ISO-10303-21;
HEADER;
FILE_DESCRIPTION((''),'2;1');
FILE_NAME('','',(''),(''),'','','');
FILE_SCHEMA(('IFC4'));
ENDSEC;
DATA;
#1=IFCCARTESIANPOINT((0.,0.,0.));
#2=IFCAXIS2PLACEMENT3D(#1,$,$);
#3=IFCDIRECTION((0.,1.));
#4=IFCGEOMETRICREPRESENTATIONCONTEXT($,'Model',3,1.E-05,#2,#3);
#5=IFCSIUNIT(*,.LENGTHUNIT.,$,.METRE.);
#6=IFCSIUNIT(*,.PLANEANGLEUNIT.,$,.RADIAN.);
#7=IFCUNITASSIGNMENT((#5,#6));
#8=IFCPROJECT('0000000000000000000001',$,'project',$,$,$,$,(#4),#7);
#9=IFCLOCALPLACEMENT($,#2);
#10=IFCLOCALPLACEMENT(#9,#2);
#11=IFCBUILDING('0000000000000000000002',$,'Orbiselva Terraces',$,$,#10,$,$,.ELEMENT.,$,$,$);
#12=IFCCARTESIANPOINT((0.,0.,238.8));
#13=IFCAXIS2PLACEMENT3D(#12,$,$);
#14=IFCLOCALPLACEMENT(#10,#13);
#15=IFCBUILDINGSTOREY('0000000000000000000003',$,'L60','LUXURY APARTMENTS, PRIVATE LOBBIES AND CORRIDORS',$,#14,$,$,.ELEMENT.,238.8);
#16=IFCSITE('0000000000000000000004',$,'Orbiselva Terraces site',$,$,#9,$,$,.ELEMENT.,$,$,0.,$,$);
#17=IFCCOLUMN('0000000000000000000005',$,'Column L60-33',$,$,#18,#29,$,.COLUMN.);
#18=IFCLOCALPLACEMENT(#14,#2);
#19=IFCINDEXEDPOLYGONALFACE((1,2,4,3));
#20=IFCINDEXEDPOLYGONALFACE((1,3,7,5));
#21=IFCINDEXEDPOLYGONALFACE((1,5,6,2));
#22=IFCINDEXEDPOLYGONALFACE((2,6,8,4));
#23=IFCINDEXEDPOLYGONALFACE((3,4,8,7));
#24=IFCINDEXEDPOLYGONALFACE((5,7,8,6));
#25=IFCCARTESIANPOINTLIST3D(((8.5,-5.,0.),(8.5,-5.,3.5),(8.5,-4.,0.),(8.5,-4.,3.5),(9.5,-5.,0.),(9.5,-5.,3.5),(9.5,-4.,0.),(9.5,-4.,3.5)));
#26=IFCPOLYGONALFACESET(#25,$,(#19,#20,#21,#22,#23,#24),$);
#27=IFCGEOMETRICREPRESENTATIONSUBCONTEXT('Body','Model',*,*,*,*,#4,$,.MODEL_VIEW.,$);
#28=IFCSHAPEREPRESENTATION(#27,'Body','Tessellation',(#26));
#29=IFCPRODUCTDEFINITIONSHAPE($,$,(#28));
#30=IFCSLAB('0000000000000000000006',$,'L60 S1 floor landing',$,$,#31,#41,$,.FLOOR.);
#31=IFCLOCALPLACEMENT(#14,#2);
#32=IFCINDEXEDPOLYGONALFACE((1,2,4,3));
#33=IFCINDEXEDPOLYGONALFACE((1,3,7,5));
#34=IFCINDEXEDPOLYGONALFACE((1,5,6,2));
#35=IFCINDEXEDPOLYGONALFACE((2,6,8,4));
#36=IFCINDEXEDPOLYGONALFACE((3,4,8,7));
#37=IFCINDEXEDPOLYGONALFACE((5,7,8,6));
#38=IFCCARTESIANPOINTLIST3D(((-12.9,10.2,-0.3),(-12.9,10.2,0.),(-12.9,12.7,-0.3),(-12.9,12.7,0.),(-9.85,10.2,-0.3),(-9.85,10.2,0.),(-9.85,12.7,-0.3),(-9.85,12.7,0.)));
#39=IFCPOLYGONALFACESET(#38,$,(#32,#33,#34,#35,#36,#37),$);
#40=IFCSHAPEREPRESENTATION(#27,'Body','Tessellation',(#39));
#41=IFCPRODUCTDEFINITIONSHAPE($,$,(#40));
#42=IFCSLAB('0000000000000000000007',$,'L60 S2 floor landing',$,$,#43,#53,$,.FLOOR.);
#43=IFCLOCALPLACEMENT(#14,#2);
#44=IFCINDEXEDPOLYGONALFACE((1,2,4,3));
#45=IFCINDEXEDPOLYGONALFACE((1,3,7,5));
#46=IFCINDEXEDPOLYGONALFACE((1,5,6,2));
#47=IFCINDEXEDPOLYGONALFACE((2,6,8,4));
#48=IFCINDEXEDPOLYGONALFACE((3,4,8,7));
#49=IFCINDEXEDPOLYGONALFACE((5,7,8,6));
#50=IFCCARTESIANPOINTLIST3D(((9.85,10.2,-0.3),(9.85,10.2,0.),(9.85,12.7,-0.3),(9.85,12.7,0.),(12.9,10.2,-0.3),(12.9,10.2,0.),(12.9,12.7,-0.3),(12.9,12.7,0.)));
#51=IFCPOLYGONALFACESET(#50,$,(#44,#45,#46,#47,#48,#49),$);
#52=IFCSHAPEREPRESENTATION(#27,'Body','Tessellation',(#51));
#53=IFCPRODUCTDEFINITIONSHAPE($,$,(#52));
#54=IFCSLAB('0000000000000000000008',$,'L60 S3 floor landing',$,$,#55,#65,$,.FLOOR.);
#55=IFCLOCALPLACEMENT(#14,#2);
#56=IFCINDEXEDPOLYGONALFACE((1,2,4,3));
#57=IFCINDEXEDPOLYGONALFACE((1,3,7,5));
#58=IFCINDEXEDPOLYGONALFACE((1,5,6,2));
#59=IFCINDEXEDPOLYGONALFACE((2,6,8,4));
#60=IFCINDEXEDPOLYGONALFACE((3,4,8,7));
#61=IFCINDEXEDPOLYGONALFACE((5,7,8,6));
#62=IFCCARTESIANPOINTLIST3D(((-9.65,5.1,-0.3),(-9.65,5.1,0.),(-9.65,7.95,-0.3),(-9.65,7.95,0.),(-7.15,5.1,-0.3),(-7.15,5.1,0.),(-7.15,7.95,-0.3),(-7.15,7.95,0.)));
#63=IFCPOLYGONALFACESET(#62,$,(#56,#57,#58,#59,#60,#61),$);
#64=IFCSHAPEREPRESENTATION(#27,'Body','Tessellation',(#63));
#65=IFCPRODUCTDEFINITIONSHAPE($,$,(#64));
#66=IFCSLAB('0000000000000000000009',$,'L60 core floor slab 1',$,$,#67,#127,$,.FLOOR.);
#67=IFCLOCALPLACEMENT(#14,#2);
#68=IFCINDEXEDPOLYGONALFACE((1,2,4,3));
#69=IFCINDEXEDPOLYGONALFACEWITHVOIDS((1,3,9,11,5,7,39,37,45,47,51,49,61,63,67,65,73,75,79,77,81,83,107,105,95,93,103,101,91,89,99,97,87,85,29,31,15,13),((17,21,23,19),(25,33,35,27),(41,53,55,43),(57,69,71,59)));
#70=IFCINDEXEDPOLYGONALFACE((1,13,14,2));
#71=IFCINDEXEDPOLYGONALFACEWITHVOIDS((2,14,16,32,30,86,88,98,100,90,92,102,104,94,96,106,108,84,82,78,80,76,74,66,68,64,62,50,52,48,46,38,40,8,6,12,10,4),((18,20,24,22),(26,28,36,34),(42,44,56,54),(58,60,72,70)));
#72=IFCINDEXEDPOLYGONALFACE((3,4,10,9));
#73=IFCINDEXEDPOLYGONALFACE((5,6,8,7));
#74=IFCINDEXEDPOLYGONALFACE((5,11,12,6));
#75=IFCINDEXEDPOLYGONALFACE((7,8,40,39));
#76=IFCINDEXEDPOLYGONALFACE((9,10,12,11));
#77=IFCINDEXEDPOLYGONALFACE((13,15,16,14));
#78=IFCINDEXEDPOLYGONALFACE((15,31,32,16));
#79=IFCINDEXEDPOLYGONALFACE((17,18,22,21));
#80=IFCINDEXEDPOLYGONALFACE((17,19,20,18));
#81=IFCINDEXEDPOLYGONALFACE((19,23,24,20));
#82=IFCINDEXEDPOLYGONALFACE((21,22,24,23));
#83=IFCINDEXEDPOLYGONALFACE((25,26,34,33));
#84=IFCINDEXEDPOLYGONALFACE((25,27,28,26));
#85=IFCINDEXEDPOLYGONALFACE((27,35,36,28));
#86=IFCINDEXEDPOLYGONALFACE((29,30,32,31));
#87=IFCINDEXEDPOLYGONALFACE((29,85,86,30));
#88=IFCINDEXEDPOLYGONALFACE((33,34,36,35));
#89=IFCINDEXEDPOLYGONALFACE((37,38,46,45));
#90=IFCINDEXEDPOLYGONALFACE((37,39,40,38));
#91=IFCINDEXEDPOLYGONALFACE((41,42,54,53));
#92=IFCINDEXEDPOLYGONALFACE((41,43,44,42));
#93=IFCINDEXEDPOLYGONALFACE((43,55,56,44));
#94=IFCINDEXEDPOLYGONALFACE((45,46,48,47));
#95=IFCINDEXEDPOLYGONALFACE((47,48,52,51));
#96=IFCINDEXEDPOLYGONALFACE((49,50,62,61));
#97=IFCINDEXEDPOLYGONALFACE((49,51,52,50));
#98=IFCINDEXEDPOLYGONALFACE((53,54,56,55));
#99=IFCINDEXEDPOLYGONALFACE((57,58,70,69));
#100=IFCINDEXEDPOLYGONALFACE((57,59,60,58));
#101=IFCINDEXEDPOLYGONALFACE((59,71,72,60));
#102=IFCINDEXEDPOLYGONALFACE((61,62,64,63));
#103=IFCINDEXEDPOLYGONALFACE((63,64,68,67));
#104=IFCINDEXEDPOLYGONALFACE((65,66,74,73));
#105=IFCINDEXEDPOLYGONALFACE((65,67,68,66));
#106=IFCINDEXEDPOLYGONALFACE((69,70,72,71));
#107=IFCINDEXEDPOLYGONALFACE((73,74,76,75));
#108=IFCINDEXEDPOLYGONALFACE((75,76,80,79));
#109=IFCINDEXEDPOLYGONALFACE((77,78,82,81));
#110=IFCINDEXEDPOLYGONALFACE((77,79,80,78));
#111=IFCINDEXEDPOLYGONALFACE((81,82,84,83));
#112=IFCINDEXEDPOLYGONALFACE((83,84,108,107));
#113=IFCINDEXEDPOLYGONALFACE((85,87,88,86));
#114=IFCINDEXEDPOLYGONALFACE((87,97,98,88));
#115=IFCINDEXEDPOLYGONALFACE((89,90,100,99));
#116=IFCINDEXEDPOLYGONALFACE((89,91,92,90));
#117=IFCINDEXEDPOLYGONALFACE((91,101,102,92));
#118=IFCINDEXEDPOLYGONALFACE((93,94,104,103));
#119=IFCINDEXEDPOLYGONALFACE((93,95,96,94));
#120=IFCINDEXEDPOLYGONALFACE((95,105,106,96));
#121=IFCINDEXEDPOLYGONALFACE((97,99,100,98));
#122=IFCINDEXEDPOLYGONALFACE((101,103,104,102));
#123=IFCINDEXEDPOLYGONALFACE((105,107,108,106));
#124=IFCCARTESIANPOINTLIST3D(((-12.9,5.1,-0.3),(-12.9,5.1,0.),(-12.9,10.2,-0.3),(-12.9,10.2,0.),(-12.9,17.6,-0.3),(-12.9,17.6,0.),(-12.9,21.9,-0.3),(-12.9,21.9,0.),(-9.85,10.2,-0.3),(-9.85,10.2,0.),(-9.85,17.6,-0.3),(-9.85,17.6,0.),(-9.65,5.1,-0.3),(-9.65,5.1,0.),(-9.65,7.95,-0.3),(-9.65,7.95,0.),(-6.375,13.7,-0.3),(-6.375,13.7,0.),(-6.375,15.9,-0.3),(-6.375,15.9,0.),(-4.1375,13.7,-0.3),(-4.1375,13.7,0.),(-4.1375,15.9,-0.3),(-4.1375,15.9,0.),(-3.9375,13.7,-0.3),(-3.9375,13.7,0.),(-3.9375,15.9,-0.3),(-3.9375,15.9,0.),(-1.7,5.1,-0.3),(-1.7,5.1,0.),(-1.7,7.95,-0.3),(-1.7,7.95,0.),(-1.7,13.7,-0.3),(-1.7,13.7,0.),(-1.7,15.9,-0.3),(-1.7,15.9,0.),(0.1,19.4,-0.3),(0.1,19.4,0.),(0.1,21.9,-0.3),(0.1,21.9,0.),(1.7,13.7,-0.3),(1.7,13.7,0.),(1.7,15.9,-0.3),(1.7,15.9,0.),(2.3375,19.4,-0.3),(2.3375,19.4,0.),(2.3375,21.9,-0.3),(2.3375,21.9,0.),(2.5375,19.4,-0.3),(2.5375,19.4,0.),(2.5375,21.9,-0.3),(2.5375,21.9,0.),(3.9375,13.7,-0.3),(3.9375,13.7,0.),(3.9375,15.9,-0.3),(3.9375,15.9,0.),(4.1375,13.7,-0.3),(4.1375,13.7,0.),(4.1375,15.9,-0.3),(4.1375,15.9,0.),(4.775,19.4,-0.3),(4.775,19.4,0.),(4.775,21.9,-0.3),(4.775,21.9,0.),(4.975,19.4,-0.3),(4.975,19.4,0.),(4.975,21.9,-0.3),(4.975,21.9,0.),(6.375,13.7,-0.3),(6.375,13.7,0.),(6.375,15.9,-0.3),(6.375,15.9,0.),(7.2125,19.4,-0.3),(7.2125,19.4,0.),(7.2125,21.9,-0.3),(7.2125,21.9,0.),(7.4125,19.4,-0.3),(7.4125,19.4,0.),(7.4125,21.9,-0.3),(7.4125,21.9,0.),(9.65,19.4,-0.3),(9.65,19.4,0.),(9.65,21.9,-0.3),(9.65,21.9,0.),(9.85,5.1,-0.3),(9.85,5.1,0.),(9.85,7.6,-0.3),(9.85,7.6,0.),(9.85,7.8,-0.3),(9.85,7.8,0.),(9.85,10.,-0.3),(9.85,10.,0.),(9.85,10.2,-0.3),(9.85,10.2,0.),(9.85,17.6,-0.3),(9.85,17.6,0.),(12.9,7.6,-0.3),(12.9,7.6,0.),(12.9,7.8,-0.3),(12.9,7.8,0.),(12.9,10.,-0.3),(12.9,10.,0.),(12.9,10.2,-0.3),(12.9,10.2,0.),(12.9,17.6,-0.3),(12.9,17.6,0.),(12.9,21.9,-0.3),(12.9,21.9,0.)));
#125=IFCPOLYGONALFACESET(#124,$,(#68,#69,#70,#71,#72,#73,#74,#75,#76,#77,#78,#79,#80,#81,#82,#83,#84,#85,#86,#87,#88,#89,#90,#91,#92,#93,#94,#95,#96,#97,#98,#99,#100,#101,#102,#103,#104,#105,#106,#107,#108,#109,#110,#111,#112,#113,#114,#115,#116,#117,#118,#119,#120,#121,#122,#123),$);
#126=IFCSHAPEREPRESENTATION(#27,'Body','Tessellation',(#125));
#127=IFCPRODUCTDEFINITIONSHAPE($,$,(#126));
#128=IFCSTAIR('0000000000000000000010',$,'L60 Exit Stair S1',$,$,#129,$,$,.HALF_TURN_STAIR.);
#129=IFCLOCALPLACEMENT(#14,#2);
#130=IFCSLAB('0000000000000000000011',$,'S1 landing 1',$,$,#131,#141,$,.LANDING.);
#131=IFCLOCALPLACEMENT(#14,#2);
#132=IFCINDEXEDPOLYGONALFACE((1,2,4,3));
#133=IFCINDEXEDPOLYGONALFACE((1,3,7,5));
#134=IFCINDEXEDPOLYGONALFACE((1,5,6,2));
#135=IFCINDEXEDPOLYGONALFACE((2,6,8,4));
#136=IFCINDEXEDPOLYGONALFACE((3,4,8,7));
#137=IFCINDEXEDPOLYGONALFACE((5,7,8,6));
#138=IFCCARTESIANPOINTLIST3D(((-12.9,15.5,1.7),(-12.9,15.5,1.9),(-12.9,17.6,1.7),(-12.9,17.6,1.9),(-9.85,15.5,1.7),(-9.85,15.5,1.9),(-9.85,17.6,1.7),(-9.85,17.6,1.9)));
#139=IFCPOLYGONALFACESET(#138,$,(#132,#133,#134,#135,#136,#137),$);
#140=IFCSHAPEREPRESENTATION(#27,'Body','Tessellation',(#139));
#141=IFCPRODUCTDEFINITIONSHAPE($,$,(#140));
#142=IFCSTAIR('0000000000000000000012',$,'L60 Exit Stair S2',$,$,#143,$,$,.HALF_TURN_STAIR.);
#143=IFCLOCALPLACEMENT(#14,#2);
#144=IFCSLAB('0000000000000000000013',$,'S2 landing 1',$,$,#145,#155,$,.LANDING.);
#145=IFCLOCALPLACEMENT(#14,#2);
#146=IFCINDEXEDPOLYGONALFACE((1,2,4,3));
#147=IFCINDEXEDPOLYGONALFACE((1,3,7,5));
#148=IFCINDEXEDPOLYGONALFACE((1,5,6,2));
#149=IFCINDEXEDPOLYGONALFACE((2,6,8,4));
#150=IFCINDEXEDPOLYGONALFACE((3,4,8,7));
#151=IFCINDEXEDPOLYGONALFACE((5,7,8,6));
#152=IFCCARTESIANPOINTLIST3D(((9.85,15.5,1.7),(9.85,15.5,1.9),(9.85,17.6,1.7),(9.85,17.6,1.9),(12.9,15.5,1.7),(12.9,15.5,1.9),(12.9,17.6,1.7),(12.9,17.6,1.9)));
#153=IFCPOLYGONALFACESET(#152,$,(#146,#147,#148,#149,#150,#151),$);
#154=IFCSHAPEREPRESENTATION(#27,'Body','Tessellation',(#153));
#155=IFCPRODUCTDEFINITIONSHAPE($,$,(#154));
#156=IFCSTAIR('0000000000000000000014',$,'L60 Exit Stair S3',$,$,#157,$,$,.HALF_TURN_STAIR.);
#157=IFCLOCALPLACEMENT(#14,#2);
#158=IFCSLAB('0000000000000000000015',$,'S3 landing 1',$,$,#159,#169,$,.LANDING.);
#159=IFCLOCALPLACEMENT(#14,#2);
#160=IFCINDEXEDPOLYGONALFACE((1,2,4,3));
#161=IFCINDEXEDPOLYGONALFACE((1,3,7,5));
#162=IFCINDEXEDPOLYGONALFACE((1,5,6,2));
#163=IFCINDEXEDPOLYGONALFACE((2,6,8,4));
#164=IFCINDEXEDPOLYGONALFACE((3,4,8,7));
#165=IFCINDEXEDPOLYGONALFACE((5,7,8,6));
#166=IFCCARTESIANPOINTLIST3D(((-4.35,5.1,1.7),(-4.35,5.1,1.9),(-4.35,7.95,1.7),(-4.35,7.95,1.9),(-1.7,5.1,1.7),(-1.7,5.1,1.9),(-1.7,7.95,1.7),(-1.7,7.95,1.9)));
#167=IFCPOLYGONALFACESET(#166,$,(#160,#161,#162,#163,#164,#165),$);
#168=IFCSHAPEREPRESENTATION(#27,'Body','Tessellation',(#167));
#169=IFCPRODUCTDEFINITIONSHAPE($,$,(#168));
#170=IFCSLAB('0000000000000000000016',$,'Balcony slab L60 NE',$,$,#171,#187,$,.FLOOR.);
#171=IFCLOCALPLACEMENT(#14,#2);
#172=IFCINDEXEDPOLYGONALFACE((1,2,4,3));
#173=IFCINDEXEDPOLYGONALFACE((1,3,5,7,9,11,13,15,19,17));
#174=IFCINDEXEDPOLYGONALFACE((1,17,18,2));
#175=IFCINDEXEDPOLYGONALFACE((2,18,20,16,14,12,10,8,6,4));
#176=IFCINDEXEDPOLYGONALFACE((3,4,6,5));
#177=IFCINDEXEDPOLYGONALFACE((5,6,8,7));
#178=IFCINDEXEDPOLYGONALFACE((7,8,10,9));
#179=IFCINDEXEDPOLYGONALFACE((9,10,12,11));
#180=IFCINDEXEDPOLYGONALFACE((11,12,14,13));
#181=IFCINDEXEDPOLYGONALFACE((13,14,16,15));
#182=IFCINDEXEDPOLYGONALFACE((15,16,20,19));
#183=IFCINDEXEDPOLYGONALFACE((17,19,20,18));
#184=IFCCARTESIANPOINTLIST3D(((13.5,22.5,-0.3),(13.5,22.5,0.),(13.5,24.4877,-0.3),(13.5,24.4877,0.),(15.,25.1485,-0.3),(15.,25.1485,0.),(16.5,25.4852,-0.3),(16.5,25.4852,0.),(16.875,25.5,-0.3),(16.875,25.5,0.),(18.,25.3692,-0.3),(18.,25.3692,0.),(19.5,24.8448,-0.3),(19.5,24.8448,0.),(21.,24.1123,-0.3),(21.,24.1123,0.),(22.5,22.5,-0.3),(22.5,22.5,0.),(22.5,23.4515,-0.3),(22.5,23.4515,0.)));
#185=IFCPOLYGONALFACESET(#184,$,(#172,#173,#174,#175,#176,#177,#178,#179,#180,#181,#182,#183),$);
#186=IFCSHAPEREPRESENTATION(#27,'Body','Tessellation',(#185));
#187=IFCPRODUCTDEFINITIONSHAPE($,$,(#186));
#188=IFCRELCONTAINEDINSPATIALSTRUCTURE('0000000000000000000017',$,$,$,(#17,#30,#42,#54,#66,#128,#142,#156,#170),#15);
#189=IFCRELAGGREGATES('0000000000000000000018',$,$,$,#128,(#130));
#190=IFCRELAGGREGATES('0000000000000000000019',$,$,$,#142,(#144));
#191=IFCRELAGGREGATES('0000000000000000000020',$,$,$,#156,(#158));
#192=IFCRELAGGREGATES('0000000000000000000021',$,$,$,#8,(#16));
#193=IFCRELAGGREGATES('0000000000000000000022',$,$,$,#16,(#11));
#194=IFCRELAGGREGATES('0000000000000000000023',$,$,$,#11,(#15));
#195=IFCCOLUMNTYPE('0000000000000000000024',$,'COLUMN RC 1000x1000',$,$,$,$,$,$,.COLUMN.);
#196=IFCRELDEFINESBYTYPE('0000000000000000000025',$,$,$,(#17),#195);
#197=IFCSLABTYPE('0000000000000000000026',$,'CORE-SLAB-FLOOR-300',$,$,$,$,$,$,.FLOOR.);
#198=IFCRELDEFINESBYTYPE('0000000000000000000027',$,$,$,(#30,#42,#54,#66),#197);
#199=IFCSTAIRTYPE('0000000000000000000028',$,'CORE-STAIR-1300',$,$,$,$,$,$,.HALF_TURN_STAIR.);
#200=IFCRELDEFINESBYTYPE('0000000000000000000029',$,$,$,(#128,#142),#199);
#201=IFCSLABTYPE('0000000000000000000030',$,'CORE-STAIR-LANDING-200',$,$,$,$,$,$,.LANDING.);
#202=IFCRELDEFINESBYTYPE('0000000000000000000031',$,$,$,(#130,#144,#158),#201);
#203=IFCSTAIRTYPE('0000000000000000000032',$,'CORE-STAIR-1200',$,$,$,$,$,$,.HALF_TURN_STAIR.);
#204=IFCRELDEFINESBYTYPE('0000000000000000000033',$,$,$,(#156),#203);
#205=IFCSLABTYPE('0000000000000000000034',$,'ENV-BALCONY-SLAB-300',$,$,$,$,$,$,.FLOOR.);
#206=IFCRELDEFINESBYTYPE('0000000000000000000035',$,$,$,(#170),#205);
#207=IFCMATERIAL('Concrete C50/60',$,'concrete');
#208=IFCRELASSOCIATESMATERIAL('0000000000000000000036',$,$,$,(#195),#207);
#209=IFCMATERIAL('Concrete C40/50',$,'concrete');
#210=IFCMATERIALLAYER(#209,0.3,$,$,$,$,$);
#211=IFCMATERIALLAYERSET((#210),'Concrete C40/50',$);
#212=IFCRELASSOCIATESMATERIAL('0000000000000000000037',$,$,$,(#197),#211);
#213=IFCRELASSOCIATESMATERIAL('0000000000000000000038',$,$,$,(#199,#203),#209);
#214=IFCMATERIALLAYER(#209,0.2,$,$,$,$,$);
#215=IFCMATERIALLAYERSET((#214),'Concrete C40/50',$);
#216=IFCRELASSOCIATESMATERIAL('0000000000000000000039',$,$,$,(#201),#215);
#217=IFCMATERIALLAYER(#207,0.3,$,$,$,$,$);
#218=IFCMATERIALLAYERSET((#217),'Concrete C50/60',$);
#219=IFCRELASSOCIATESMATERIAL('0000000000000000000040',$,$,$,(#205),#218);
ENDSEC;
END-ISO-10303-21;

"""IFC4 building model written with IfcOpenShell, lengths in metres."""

from ifc_helpers import new_model, si_unit, direction, frame, origin, origin_2d, place, context, subcontext, project, spatial, polyline, rectangle, outline, extrude, material, layer, layer_set, material_profile, profile_set, type_object, element, aggregate, save


model = new_model("IFC4")

# Units and contexts
model_context = context("Model", 3, precision=1e-05, world=origin(), true_north=direction((0.0, 1.0)))
body_context = subcontext(model_context, "Body", "Model", "MODEL_VIEW")
ifc_project = project(units=[si_unit("LENGTHUNIT", "METRE"), si_unit("PLANEANGLEUNIT", "RADIAN")], contexts=[model_context])

# Site, building, storey
site_placement = place(None, origin())
site = spatial("IfcSite", under=ifc_project, at=site_placement, Name="Orbiselva Terraces site", CompositionType="ELEMENT", RefElevation=0.0)
building_placement = place(site_placement, origin())
building = spatial("IfcBuilding", under=site, at=building_placement, Name="Orbiselva Terraces", CompositionType="ELEMENT")
storey_placement = place(building_placement, frame((0.0, 0.0, 238.8)))
storey = spatial("IfcBuildingStorey", under=building, at=storey_placement, Name="L60", Description="LUXURY APARTMENTS, PRIVATE LOBBIES AND CORRIDORS", CompositionType="ELEMENT", Elevation=238.8)

# Column
ifc_material_1 = material(Name="Concrete C50/60", Category="concrete")
ifc_material_profile = material_profile(ifc_material_1, rectangle(XDim=1.0, YDim=1.0, at=origin_2d()), Name="RC 1000x1000")
ifc_profile_set = profile_set([ifc_material_profile], Name="Concrete C50/60")
column_type = type_object("IfcColumnType", Name="COLUMN RC 1000x1000", PredefinedType="COLUMN", material=ifc_profile_set)
column_placement = place(storey_placement, frame((9.0, -4.5, 0.0), z_axis=(0.0, 0.0, 1.0), x_axis=(1.0, 0.0, 0.0)))
element("IfcColumn", 1, at=column_placement, inside=storey, type_object=column_type, Name="Column L60-33", PredefinedType="COLUMN", context=body_context, shape_type="SweptSolid", body=[
    extrude(rectangle(XDim=1.0, YDim=1.0, at=origin_2d()), origin(), (0.0, 0.0, 1.0), 3.5),
])

# Slabs
ifc_material_2 = material(Name="Concrete C40/50", Category="concrete")
ifc_layer_1 = layer(ifc_material_2, 0.3)
ifc_layer_set_1 = layer_set([ifc_layer_1], Name="Concrete C40/50")
slab_type_1 = type_object("IfcSlabType", Name="CORE-SLAB-FLOOR-300", PredefinedType="FLOOR", material=ifc_layer_set_1)
slab_1_placement = place(storey_placement, frame((0.0, 0.0, -0.3)))
element("IfcSlab", 2, at=slab_1_placement, inside=storey, type_object=slab_type_1, Name="L60 S1 floor landing", PredefinedType="FLOOR", context=body_context, shape_type="SweptSolid", body=[
    extrude(outline(polyline([(-12.9, 12.7), (-9.85, 12.7), (-9.85, 10.2), (-12.9, 10.2), (-12.9, 12.7)])), origin(), (0.0, 0.0, 1.0), 0.3),
])
slab_2_placement = place(storey_placement, frame((0.0, 0.0, -0.3)))
element("IfcSlab", 3, at=slab_2_placement, inside=storey, type_object=slab_type_1, Name="L60 S2 floor landing", PredefinedType="FLOOR", context=body_context, shape_type="SweptSolid", body=[
    extrude(outline(polyline([(12.9, 12.7), (12.9, 10.2), (9.85, 10.2), (9.85, 12.7), (12.9, 12.7)])), origin(), (0.0, 0.0, 1.0), 0.3),
])
slab_3_placement = place(storey_placement, frame((0.0, 0.0, -0.3)))
element("IfcSlab", 4, at=slab_3_placement, inside=storey, type_object=slab_type_1, Name="L60 S3 floor landing", PredefinedType="FLOOR", context=body_context, shape_type="SweptSolid", body=[
    extrude(outline(polyline([(-7.15, 5.1), (-9.65, 5.1), (-9.65, 7.95), (-7.15, 7.95), (-7.15, 5.1)])), origin(), (0.0, 0.0, 1.0), 0.3),
])
slab_4_placement = place(storey_placement, frame((0.0, 0.0, -0.3)))
element("IfcSlab", 5, at=slab_4_placement, inside=storey, type_object=slab_type_1, Name="L60 core floor slab 1", PredefinedType="FLOOR", context=body_context, shape_type="SweptSolid", body=[
    extrude(outline(polyline([(-1.7, 5.1), (-1.7, 7.95), (-9.65, 7.95), (-9.65, 5.1), (-12.9, 5.1), (-12.9, 10.2), (-9.85, 10.2), (-9.85, 17.6), (-12.9, 17.6), (-12.9, 21.9), (0.1, 21.9), (0.1, 19.4), (2.3375, 19.4), (2.3375, 21.9), (2.5375, 21.9), (2.5375, 19.4), (4.775, 19.4), (4.775, 21.9), (4.975, 21.9), (4.975, 19.4), (7.2125, 19.4), (7.2125, 21.9), (7.4125, 21.9), (7.4125, 19.4), (9.65, 19.4), (9.65, 21.9), (12.9, 21.9), (12.9, 17.6), (9.85, 17.6), (9.85, 10.2), (12.9, 10.2), (12.9, 10.0), (9.85, 10.0), (9.85, 7.8), (12.9, 7.8), (12.9, 7.6), (9.85, 7.6), (9.85, 5.1), (-1.7, 5.1)]), holes=[polyline([(-4.1375, 13.7), (-4.1375, 15.9), (-6.375, 15.9), (-6.375, 13.7), (-4.1375, 13.7)]), polyline([(-1.7, 13.7), (-1.7, 15.9), (-3.9375, 15.9), (-3.9375, 13.7), (-1.7, 13.7)]), polyline([(3.9375, 15.9), (1.7, 15.9), (1.7, 13.7), (3.9375, 13.7), (3.9375, 15.9)]), polyline([(6.375, 13.7), (6.375, 15.9), (4.1375, 15.9), (4.1375, 13.7), (6.375, 13.7)])]), origin(), (0.0, 0.0, 1.0), 0.3),
])

# Stairs, slabs
stair_type_1 = type_object("IfcStairType", Name="CORE-STAIR-1300", PredefinedType="HALF_TURN_STAIR", material=ifc_material_2)
stair_1_placement = place(storey_placement, origin())
stair_1 = element("IfcStair", 6, at=stair_1_placement, inside=storey, type_object=stair_type_1, Name="L60 Exit Stair S1", PredefinedType="HALF_TURN_STAIR")
ifc_layer_2 = layer(ifc_material_2, 0.2)
ifc_layer_set_2 = layer_set([ifc_layer_2], Name="Concrete C40/50")
slab_type_2 = type_object("IfcSlabType", Name="CORE-STAIR-LANDING-200", PredefinedType="LANDING", material=ifc_layer_set_2)
slab_5_placement = place(storey_placement, frame((0.0, 0.0, 1.7)))
slab_5 = element("IfcSlab", 7, at=slab_5_placement, type_object=slab_type_2, Name="S1 landing 1", PredefinedType="LANDING", context=body_context, shape_type="SweptSolid", body=[
    extrude(outline(polyline([(-9.85, 15.5), (-9.85, 17.6), (-12.9, 17.6), (-12.9, 15.5), (-9.85, 15.5)])), origin(), (0.0, 0.0, 1.0), 0.2),
])
aggregate(stair_1, [slab_5])
stair_2_placement = place(storey_placement, origin())
stair_2 = element("IfcStair", 8, at=stair_2_placement, inside=storey, type_object=stair_type_1, Name="L60 Exit Stair S2", PredefinedType="HALF_TURN_STAIR")
slab_6_placement = place(storey_placement, frame((0.0, 0.0, 1.7)))
slab_6 = element("IfcSlab", 9, at=slab_6_placement, type_object=slab_type_2, Name="S2 landing 1", PredefinedType="LANDING", context=body_context, shape_type="SweptSolid", body=[
    extrude(outline(polyline([(12.9, 15.5), (12.9, 17.6), (9.85, 17.6), (9.85, 15.5), (12.9, 15.5)])), origin(), (0.0, 0.0, 1.0), 0.2),
])
aggregate(stair_2, [slab_6])
stair_type_2 = type_object("IfcStairType", Name="CORE-STAIR-1200", PredefinedType="HALF_TURN_STAIR", material=ifc_material_2)
stair_3_placement = place(storey_placement, origin())
stair_3 = element("IfcStair", 10, at=stair_3_placement, inside=storey, type_object=stair_type_2, Name="L60 Exit Stair S3", PredefinedType="HALF_TURN_STAIR")
slab_7_placement = place(storey_placement, frame((0.0, 0.0, 1.7)))
slab_7 = element("IfcSlab", 11, at=slab_7_placement, type_object=slab_type_2, Name="S3 landing 1", PredefinedType="LANDING", context=body_context, shape_type="SweptSolid", body=[
    extrude(outline(polyline([(-4.35, 5.1), (-1.7, 5.1), (-1.7, 7.95), (-4.35, 7.95), (-4.35, 5.1)])), origin(), (0.0, 0.0, 1.0), 0.2),
])
aggregate(stair_3, [slab_7])

# Slab
ifc_layer_3 = layer(ifc_material_1, 0.3)
ifc_layer_set_3 = layer_set([ifc_layer_3], Name="Concrete C50/60")
slab_type_3 = type_object("IfcSlabType", Name="ENV-BALCONY-SLAB-300", PredefinedType="FLOOR", material=ifc_layer_set_3)
slab_8_placement = place(storey_placement, frame((0.0, 0.0, -0.3)))
element("IfcSlab", 12, at=slab_8_placement, inside=storey, type_object=slab_type_3, Name="Balcony slab L60 NE", PredefinedType="FLOOR", context=body_context, shape_type="SweptSolid", body=[
    extrude(outline(polyline([(22.5, 23.4515), (21.0, 24.1123), (19.5, 24.8448), (18.0, 25.3692), (16.875, 25.5), (16.5, 25.4852), (15.0, 25.1485), (13.5, 24.4877), (13.5, 22.5), (22.5, 22.5), (22.5, 23.4515)])), origin(), (0.0, 0.0, 1.0), 0.3),
])

save(model, "model.ifc")
